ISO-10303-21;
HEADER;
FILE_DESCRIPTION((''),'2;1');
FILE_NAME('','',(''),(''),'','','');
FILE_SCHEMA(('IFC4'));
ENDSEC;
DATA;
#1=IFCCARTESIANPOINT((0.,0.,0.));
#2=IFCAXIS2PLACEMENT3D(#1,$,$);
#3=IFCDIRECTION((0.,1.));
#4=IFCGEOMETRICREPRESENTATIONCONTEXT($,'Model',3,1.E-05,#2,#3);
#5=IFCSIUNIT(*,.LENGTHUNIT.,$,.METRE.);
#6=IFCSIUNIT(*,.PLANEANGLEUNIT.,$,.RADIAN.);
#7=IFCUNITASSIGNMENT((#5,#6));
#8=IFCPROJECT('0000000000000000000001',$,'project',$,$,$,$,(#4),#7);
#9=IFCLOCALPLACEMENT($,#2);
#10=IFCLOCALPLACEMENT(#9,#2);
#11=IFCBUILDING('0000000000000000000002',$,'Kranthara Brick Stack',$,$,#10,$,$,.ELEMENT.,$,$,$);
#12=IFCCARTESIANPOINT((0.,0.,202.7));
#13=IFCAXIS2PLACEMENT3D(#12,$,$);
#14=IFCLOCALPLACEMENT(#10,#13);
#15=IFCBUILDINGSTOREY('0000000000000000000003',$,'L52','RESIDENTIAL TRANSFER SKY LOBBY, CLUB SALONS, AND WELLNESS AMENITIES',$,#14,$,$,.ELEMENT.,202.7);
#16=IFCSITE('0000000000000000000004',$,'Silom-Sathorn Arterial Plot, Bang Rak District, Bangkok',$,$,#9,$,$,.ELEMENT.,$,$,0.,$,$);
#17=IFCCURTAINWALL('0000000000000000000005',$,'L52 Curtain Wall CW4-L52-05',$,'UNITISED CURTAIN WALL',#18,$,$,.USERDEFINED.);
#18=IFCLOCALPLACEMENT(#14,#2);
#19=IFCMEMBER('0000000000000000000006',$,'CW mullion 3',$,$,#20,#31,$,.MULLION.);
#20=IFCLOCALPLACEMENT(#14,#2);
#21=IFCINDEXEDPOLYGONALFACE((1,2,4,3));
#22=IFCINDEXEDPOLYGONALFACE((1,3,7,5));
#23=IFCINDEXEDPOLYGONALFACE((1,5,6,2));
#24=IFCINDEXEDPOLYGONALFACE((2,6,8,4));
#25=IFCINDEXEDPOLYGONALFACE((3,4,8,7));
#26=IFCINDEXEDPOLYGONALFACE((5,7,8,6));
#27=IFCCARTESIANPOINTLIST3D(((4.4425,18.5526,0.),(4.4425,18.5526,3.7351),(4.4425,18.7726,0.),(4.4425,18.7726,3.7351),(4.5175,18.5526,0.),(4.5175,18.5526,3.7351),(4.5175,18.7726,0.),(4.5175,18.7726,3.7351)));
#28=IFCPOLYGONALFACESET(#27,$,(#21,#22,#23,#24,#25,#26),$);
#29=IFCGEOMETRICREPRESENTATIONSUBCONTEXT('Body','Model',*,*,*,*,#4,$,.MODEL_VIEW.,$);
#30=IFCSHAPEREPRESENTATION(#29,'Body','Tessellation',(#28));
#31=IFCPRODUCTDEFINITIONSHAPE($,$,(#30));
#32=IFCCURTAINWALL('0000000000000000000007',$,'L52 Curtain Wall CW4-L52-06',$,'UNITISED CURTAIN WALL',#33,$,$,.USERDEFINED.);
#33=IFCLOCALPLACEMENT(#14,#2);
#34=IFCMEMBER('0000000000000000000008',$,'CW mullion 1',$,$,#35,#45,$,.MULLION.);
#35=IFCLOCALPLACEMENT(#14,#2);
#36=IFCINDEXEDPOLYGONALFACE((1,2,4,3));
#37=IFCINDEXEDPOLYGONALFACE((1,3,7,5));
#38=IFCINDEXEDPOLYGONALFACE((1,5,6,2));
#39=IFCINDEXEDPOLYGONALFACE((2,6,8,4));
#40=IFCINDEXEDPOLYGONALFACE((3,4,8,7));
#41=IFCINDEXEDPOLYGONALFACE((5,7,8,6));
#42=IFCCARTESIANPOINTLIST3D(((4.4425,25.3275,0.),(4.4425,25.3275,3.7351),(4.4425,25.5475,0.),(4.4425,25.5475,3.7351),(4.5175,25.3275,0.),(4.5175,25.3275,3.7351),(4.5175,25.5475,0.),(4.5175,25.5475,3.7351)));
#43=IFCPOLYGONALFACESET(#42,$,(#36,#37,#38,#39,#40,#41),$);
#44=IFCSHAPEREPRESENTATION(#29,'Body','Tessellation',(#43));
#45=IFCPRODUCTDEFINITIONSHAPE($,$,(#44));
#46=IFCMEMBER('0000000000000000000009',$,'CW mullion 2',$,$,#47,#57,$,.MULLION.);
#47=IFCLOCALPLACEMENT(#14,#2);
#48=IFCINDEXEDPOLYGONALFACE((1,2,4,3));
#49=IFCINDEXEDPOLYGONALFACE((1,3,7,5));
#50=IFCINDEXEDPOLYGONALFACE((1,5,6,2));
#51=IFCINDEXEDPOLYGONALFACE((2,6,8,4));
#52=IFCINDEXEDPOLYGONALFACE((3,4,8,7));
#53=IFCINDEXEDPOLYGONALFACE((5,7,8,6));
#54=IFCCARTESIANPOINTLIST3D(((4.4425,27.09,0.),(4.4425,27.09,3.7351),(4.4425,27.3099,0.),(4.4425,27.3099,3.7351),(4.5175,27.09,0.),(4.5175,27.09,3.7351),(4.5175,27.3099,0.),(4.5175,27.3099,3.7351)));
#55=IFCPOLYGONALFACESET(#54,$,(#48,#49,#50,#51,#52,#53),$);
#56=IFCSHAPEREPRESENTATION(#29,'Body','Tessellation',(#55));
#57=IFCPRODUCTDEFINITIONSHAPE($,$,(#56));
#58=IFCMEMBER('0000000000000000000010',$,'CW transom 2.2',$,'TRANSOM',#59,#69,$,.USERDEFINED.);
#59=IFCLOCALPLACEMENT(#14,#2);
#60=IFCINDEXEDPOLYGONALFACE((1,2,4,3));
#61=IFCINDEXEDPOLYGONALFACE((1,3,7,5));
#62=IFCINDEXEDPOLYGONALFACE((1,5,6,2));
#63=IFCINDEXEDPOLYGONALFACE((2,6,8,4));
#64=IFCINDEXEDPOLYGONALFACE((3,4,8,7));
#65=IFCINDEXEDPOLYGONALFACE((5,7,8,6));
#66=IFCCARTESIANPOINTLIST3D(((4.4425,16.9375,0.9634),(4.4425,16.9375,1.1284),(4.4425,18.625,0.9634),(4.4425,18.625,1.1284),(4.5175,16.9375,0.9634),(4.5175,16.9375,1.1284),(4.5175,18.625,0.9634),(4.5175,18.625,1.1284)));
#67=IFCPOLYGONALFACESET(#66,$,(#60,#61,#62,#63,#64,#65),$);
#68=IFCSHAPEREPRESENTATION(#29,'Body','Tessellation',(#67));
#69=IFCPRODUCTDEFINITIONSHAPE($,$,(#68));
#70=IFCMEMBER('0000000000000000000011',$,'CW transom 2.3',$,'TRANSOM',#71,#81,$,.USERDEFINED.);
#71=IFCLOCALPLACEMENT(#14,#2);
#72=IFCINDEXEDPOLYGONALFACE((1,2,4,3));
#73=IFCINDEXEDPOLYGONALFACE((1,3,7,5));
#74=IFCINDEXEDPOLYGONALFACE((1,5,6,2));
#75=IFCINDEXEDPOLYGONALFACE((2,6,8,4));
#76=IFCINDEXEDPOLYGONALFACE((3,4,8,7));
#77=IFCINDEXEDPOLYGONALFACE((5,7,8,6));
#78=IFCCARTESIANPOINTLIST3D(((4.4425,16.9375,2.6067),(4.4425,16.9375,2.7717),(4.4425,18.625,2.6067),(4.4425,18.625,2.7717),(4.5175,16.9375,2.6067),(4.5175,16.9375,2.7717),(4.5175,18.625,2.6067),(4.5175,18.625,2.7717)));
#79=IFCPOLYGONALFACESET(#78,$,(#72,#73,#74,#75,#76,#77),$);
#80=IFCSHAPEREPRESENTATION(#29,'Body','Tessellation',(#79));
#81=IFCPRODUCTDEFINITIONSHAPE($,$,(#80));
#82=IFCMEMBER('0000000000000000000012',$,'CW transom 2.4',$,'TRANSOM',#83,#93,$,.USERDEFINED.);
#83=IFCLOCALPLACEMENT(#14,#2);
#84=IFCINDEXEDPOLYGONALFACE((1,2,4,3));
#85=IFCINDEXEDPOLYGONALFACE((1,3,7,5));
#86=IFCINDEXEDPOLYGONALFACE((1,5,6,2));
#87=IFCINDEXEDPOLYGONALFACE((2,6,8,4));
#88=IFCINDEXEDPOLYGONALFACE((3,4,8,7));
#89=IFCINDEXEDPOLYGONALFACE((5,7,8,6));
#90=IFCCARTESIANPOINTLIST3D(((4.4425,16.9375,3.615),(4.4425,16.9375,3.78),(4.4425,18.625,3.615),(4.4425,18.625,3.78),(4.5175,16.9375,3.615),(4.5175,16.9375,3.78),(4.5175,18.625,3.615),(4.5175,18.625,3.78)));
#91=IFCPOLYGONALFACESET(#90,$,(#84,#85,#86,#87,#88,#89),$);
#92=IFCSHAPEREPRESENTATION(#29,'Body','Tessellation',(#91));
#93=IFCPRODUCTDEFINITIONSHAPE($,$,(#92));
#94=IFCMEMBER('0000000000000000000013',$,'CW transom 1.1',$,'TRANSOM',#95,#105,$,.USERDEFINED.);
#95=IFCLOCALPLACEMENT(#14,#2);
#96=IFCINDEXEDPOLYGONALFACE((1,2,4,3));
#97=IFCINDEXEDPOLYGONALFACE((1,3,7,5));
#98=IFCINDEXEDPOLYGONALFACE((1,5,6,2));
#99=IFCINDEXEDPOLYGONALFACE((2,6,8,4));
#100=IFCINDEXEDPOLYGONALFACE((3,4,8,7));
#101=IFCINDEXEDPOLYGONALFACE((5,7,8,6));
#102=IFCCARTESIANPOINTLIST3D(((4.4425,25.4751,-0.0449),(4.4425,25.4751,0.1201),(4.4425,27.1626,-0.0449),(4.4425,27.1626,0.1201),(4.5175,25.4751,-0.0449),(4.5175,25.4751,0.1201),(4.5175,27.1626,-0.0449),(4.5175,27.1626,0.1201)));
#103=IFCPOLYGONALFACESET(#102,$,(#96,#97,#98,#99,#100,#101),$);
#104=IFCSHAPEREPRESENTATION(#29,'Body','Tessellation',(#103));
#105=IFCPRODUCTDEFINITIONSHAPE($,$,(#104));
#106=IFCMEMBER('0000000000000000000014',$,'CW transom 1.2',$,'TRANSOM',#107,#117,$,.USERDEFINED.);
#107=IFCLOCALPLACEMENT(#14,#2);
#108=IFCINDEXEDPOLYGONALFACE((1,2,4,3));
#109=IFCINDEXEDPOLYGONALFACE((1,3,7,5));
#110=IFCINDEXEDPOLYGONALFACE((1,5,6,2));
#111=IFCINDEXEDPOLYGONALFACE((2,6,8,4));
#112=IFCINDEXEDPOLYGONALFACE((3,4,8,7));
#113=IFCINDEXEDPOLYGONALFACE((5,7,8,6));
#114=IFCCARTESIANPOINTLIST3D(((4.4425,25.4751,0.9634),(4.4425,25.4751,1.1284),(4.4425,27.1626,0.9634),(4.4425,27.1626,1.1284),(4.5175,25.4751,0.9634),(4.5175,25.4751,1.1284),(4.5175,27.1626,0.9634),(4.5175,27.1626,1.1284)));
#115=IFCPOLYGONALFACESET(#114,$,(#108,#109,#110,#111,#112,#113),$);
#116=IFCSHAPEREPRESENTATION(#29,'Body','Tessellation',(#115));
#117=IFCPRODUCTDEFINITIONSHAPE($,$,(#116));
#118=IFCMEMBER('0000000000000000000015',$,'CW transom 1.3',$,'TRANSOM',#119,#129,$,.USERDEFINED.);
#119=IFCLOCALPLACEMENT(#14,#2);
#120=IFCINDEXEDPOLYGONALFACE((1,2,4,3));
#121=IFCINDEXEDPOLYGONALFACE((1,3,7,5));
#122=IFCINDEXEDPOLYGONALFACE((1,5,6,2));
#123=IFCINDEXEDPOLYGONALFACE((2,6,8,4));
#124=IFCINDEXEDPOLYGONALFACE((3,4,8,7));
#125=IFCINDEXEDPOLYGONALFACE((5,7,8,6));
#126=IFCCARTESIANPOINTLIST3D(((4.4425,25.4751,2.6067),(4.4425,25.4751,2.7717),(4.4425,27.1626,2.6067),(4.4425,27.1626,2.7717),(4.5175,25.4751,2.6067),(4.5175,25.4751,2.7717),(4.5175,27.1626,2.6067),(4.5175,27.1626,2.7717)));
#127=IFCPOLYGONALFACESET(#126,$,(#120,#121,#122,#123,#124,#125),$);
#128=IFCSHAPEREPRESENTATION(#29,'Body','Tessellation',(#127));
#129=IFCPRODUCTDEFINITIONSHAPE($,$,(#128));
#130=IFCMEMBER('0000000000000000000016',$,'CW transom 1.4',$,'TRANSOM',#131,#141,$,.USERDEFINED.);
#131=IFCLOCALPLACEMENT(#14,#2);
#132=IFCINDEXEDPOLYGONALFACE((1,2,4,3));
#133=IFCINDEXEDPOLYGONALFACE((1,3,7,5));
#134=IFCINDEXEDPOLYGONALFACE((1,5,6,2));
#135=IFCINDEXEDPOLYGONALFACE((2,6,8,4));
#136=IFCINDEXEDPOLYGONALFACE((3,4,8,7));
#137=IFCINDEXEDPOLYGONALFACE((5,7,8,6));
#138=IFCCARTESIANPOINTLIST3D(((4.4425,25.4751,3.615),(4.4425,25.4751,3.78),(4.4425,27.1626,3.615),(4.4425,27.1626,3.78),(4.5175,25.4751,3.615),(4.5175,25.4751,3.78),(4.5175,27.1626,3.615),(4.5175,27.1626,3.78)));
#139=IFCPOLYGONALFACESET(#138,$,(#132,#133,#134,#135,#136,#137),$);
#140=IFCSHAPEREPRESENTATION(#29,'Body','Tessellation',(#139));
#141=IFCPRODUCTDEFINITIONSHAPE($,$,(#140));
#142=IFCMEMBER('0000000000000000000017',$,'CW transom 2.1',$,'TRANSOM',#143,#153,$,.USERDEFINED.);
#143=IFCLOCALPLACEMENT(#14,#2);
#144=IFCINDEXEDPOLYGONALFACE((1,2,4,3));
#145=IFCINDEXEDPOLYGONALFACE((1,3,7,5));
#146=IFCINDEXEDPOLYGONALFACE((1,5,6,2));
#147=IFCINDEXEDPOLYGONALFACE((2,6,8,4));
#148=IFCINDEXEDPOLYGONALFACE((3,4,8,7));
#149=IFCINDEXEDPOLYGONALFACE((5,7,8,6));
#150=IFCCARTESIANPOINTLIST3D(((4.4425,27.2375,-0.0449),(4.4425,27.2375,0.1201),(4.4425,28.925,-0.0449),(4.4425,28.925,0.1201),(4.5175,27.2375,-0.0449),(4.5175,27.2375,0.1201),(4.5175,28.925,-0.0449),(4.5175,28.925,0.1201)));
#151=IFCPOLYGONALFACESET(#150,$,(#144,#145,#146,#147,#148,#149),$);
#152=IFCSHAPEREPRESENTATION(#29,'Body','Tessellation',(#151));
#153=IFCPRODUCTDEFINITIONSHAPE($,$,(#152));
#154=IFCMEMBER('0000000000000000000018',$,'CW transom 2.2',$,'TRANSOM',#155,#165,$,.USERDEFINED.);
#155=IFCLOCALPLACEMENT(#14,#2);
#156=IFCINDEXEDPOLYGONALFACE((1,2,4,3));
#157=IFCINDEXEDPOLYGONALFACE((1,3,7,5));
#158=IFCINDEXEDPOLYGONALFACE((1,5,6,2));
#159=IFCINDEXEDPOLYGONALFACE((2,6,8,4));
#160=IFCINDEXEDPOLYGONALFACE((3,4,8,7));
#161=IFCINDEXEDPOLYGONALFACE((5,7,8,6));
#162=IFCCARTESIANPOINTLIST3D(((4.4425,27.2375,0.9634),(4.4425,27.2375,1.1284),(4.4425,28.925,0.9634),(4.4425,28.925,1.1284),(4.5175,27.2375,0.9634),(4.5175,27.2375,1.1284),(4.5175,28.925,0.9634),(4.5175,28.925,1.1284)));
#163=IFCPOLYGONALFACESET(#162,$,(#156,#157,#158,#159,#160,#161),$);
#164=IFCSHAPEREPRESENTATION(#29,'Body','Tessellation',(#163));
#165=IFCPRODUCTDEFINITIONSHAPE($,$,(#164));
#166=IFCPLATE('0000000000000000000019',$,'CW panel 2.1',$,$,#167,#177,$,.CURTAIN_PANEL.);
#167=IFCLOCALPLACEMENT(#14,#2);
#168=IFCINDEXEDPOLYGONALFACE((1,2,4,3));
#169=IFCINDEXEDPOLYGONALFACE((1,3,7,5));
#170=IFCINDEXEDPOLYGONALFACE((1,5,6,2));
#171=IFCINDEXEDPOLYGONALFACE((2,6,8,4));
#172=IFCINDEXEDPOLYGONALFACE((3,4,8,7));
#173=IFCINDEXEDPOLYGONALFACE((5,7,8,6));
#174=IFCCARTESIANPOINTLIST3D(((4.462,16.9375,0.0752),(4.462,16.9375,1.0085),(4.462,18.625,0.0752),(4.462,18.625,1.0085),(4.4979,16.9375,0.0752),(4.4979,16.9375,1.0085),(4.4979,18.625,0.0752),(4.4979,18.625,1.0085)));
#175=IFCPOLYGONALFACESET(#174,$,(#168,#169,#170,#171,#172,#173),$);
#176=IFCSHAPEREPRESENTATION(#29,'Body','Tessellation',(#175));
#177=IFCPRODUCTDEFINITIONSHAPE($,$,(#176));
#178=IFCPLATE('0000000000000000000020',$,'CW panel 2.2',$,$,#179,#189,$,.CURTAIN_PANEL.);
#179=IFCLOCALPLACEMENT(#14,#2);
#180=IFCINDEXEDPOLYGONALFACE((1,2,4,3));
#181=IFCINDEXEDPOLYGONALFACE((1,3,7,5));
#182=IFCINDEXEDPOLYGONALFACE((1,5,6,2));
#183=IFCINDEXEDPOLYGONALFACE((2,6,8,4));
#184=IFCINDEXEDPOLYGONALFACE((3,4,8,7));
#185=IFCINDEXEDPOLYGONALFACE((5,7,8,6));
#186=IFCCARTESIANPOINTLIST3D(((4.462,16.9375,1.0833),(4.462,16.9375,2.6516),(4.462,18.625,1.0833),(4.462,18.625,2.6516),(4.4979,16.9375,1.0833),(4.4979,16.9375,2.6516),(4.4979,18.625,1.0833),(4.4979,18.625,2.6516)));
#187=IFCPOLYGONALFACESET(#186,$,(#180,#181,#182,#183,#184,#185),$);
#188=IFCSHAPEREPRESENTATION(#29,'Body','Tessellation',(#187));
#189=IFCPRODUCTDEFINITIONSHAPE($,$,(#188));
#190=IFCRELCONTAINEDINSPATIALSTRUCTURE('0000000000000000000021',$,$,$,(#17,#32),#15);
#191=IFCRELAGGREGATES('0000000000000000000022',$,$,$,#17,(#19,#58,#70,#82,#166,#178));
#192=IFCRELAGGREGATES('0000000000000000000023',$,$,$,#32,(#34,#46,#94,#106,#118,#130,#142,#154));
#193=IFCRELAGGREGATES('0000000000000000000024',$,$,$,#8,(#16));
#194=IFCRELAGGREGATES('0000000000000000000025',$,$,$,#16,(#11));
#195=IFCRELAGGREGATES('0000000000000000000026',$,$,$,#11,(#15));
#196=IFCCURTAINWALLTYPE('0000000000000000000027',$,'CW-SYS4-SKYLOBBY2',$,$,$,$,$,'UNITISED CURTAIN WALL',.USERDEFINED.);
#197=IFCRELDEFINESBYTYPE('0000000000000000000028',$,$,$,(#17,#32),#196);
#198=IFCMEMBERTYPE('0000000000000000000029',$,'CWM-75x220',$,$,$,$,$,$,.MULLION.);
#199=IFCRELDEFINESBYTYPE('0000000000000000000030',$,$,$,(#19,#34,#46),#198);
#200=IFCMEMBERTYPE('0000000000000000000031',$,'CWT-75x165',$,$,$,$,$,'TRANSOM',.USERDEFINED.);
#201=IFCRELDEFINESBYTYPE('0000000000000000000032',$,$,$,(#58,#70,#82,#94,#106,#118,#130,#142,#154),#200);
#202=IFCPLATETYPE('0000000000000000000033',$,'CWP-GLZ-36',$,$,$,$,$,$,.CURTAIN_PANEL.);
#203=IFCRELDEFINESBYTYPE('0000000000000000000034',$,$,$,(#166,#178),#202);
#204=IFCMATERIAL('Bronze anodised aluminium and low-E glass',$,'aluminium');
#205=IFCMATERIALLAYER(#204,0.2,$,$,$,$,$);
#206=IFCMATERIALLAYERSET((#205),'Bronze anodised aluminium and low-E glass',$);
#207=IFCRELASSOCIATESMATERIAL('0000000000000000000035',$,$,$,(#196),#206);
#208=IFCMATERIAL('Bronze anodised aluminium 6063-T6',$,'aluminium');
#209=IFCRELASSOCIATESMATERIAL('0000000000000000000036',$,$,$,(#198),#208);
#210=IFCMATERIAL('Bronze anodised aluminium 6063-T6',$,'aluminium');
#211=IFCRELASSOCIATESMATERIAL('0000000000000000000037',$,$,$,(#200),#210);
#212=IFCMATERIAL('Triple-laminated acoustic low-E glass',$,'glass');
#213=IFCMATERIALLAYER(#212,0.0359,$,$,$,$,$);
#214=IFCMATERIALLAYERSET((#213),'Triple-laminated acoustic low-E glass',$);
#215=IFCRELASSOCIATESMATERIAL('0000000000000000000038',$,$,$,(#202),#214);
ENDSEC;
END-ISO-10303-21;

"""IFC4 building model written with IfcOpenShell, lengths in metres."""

from ifc_helpers import new_model, si_unit, direction, frame, origin, origin_2d, place, context, subcontext, project, spatial, rectangle, extrude, material, layer, layer_set, material_profile, profile_set, type_object, element, aggregate, save


model = new_model("IFC4")

# Units and contexts
model_context = context("Model", 3, precision=1e-05, world=origin(), true_north=direction((0.0, 1.0)))
body_context = subcontext(model_context, "Body", "Model", "MODEL_VIEW")
ifc_project = project(units=[si_unit("LENGTHUNIT", "METRE"), si_unit("PLANEANGLEUNIT", "RADIAN")], contexts=[model_context])

# Site, building, storey
site_placement = place(None, origin())
site = spatial("IfcSite", under=ifc_project, at=site_placement, Name="Silom-Sathorn Arterial Plot, Bang Rak District, Bangkok", CompositionType="ELEMENT", RefElevation=0.0)
building_placement = place(site_placement, origin())
building = spatial("IfcBuilding", under=site, at=building_placement, Name="Kranthara Brick Stack", CompositionType="ELEMENT")
storey_placement = place(building_placement, frame((0.0, 0.0, 202.7)))
storey = spatial("IfcBuildingStorey", under=building, at=storey_placement, Name="L52", Description="RESIDENTIAL TRANSFER SKY LOBBY, CLUB SALONS, AND WELLNESS AMENITIES", CompositionType="ELEMENT", Elevation=202.7)

# Curtain wall, member
ifc_material_1 = material(Name="Bronze anodised aluminium and low-E glass", Category="aluminium")
ifc_layer_1 = layer(ifc_material_1, 0.2)
ifc_layer_set_1 = layer_set([ifc_layer_1], Name="Bronze anodised aluminium and low-E glass")
curtain_wall_type = type_object("IfcCurtainWallType", Name="CW-SYS4-SKYLOBBY2", ElementType="UNITISED CURTAIN WALL", PredefinedType="USERDEFINED", material=ifc_layer_set_1)
curtain_wall_1_placement = place(storey_placement, origin())
curtain_wall_1 = element("IfcCurtainWall", 1, at=curtain_wall_1_placement, inside=storey, type_object=curtain_wall_type, Name="L52 Curtain Wall CW4-L52-05", ObjectType="UNITISED CURTAIN WALL", PredefinedType="USERDEFINED")
ifc_material_2 = material(Name="Bronze anodised aluminium 6063-T6", Category="aluminium")
ifc_material_profile_1 = material_profile(ifc_material_2, rectangle(XDim=0.075, YDim=0.22, at=origin_2d()), Name="ALU MULLION 75x220")
ifc_profile_set_1 = profile_set([ifc_material_profile_1], Name="Bronze anodised aluminium 6063-T6")
member_type_1 = type_object("IfcMemberType", Name="CWM-75x220", PredefinedType="MULLION", material=ifc_profile_set_1)
member_1_placement = place(storey_placement, frame((4.48, 18.6626, 0.0), z_axis=(0.0, 0.0, 1.0), x_axis=(-1.0, 0.0, 0.0)))
member_1 = element("IfcMember", 2, at=member_1_placement, type_object=member_type_1, Name="CW mullion 3", PredefinedType="MULLION", context=body_context, shape_type="SweptSolid", body=[
    extrude(rectangle(XDim=0.075, YDim=0.22, at=origin_2d()), origin(), (0.0, 0.0, 1.0), 3.7351),
])

# Curtain wall, members
curtain_wall_2_placement = place(storey_placement, origin())
curtain_wall_2 = element("IfcCurtainWall", 3, at=curtain_wall_2_placement, inside=storey, type_object=curtain_wall_type, Name="L52 Curtain Wall CW4-L52-06", ObjectType="UNITISED CURTAIN WALL", PredefinedType="USERDEFINED")
member_2_placement = place(storey_placement, frame((4.48, 25.4375, 0.0), z_axis=(0.0, 0.0, 1.0), x_axis=(-1.0, 0.0, 0.0)))
member_2 = element("IfcMember", 4, at=member_2_placement, type_object=member_type_1, Name="CW mullion 1", PredefinedType="MULLION", context=body_context, shape_type="SweptSolid", body=[
    extrude(rectangle(XDim=0.075, YDim=0.22, at=origin_2d()), origin(), (0.0, 0.0, 1.0), 3.7351),
])
member_3_placement = place(storey_placement, frame((4.48, 27.2, 0.0), z_axis=(0.0, 0.0, 1.0), x_axis=(-1.0, 0.0, 0.0)))
member_3 = element("IfcMember", 5, at=member_3_placement, type_object=member_type_1, Name="CW mullion 2", PredefinedType="MULLION", context=body_context, shape_type="SweptSolid", body=[
    extrude(rectangle(XDim=0.075, YDim=0.22, at=origin_2d()), origin(), (0.0, 0.0, 1.0), 3.7351),
])

# Members
ifc_material_3 = material(Name="Bronze anodised aluminium 6063-T6", Category="aluminium")
ifc_material_profile_2 = material_profile(ifc_material_3, rectangle(XDim=0.075, YDim=0.165, at=origin_2d()), Name="ALU TRANSOM 75x165")
ifc_profile_set_2 = profile_set([ifc_material_profile_2], Name="Bronze anodised aluminium 6063-T6")
member_type_2 = type_object("IfcMemberType", Name="CWT-75x165", ElementType="TRANSOM", PredefinedType="USERDEFINED", material=ifc_profile_set_2)
member_4_placement = place(storey_placement, frame((4.48, 16.9375, 1.0459), z_axis=(0.0, 1.0, 0.0), x_axis=(-1.0, 0.0, 0.0)))
member_4 = element("IfcMember", 6, at=member_4_placement, type_object=member_type_2, Name="CW transom 2.2", ObjectType="TRANSOM", PredefinedType="USERDEFINED", context=body_context, shape_type="SweptSolid", body=[
    extrude(rectangle(XDim=0.075, YDim=0.165, at=origin_2d()), origin(), (0.0, 0.0, 1.0), 1.6875),
])
member_5_placement = place(storey_placement, frame((4.48, 16.9375, 2.6892), z_axis=(0.0, 1.0, 0.0), x_axis=(-1.0, 0.0, 0.0)))
member_5 = element("IfcMember", 7, at=member_5_placement, type_object=member_type_2, Name="CW transom 2.3", ObjectType="TRANSOM", PredefinedType="USERDEFINED", context=body_context, shape_type="SweptSolid", body=[
    extrude(rectangle(XDim=0.075, YDim=0.165, at=origin_2d()), origin(), (0.0, 0.0, 1.0), 1.6875),
])
member_6_placement = place(storey_placement, frame((4.48, 16.9375, 3.6975), z_axis=(0.0, 1.0, 0.0), x_axis=(-1.0, 0.0, 0.0)))
member_6 = element("IfcMember", 8, at=member_6_placement, type_object=member_type_2, Name="CW transom 2.4", ObjectType="TRANSOM", PredefinedType="USERDEFINED", context=body_context, shape_type="SweptSolid", body=[
    extrude(rectangle(XDim=0.075, YDim=0.165, at=origin_2d()), origin(), (0.0, 0.0, 1.0), 1.6875),
])
member_7_placement = place(storey_placement, frame((4.48, 25.4751, 0.0376), z_axis=(0.0, 1.0, 0.0), x_axis=(-1.0, 0.0, 0.0)))
member_7 = element("IfcMember", 9, at=member_7_placement, type_object=member_type_2, Name="CW transom 1.1", ObjectType="TRANSOM", PredefinedType="USERDEFINED", context=body_context, shape_type="SweptSolid", body=[
    extrude(rectangle(XDim=0.075, YDim=0.165, at=origin_2d()), origin(), (0.0, 0.0, 1.0), 1.6875),
])
member_8_placement = place(storey_placement, frame((4.48, 25.4751, 1.0459), z_axis=(0.0, 1.0, 0.0), x_axis=(-1.0, 0.0, 0.0)))
member_8 = element("IfcMember", 10, at=member_8_placement, type_object=member_type_2, Name="CW transom 1.2", ObjectType="TRANSOM", PredefinedType="USERDEFINED", context=body_context, shape_type="SweptSolid", body=[
    extrude(rectangle(XDim=0.075, YDim=0.165, at=origin_2d()), origin(), (0.0, 0.0, 1.0), 1.6875),
])
member_9_placement = place(storey_placement, frame((4.48, 25.4751, 2.6892), z_axis=(0.0, 1.0, 0.0), x_axis=(-1.0, 0.0, 0.0)))
member_9 = element("IfcMember", 11, at=member_9_placement, type_object=member_type_2, Name="CW transom 1.3", ObjectType="TRANSOM", PredefinedType="USERDEFINED", context=body_context, shape_type="SweptSolid", body=[
    extrude(rectangle(XDim=0.075, YDim=0.165, at=origin_2d()), origin(), (0.0, 0.0, 1.0), 1.6875),
])
member_10_placement = place(storey_placement, frame((4.48, 25.4751, 3.6975), z_axis=(0.0, 1.0, 0.0), x_axis=(-1.0, 0.0, 0.0)))
member_10 = element("IfcMember", 12, at=member_10_placement, type_object=member_type_2, Name="CW transom 1.4", ObjectType="TRANSOM", PredefinedType="USERDEFINED", context=body_context, shape_type="SweptSolid", body=[
    extrude(rectangle(XDim=0.075, YDim=0.165, at=origin_2d()), origin(), (0.0, 0.0, 1.0), 1.6875),
])
member_11_placement = place(storey_placement, frame((4.48, 27.2375, 0.0376), z_axis=(0.0, 1.0, 0.0), x_axis=(-1.0, 0.0, 0.0)))
member_11 = element("IfcMember", 13, at=member_11_placement, type_object=member_type_2, Name="CW transom 2.1", ObjectType="TRANSOM", PredefinedType="USERDEFINED", context=body_context, shape_type="SweptSolid", body=[
    extrude(rectangle(XDim=0.075, YDim=0.165, at=origin_2d()), origin(), (0.0, 0.0, 1.0), 1.6875),
])
member_12_placement = place(storey_placement, frame((4.48, 27.2375, 1.0459), z_axis=(0.0, 1.0, 0.0), x_axis=(-1.0, 0.0, 0.0)))
member_12 = element("IfcMember", 14, at=member_12_placement, type_object=member_type_2, Name="CW transom 2.2", ObjectType="TRANSOM", PredefinedType="USERDEFINED", context=body_context, shape_type="SweptSolid", body=[
    extrude(rectangle(XDim=0.075, YDim=0.165, at=origin_2d()), origin(), (0.0, 0.0, 1.0), 1.6875),
])

# Plates
ifc_material_4 = material(Name="Triple-laminated acoustic low-E glass", Category="glass")
ifc_layer_2 = layer(ifc_material_4, 0.0359)
ifc_layer_set_2 = layer_set([ifc_layer_2], Name="Triple-laminated acoustic low-E glass")
plate_type = type_object("IfcPlateType", Name="CWP-GLZ-36", PredefinedType="CURTAIN_PANEL", material=ifc_layer_set_2)
plate_1_placement = place(storey_placement, frame((4.48, 17.7812, 0.0752), z_axis=(0.0, 0.0, 1.0), x_axis=(0.0, 1.0, 0.0)))
plate_1 = element("IfcPlate", 15, at=plate_1_placement, type_object=plate_type, Name="CW panel 2.1", PredefinedType="CURTAIN_PANEL", context=body_context, shape_type="SweptSolid", body=[
    extrude(rectangle(XDim=1.6875, YDim=0.0359, at=origin_2d()), origin(), (0.0, 0.0, 1.0), 0.9333),
])
plate_2_placement = place(storey_placement, frame((4.48, 17.7812, 1.0833), z_axis=(0.0, 0.0, 1.0), x_axis=(0.0, 1.0, 0.0)))
plate_2 = element("IfcPlate", 16, at=plate_2_placement, type_object=plate_type, Name="CW panel 2.2", PredefinedType="CURTAIN_PANEL", context=body_context, shape_type="SweptSolid", body=[
    extrude(rectangle(XDim=1.6875, YDim=0.0359, at=origin_2d()), origin(), (0.0, 0.0, 1.0), 1.5684),
])
aggregate(curtain_wall_1, [member_1, member_4, member_5, member_6, plate_1, plate_2])
aggregate(curtain_wall_2, [member_2, member_3, member_7, member_8, member_9, member_10, member_11, member_12])

save(model, "model.ifc")
